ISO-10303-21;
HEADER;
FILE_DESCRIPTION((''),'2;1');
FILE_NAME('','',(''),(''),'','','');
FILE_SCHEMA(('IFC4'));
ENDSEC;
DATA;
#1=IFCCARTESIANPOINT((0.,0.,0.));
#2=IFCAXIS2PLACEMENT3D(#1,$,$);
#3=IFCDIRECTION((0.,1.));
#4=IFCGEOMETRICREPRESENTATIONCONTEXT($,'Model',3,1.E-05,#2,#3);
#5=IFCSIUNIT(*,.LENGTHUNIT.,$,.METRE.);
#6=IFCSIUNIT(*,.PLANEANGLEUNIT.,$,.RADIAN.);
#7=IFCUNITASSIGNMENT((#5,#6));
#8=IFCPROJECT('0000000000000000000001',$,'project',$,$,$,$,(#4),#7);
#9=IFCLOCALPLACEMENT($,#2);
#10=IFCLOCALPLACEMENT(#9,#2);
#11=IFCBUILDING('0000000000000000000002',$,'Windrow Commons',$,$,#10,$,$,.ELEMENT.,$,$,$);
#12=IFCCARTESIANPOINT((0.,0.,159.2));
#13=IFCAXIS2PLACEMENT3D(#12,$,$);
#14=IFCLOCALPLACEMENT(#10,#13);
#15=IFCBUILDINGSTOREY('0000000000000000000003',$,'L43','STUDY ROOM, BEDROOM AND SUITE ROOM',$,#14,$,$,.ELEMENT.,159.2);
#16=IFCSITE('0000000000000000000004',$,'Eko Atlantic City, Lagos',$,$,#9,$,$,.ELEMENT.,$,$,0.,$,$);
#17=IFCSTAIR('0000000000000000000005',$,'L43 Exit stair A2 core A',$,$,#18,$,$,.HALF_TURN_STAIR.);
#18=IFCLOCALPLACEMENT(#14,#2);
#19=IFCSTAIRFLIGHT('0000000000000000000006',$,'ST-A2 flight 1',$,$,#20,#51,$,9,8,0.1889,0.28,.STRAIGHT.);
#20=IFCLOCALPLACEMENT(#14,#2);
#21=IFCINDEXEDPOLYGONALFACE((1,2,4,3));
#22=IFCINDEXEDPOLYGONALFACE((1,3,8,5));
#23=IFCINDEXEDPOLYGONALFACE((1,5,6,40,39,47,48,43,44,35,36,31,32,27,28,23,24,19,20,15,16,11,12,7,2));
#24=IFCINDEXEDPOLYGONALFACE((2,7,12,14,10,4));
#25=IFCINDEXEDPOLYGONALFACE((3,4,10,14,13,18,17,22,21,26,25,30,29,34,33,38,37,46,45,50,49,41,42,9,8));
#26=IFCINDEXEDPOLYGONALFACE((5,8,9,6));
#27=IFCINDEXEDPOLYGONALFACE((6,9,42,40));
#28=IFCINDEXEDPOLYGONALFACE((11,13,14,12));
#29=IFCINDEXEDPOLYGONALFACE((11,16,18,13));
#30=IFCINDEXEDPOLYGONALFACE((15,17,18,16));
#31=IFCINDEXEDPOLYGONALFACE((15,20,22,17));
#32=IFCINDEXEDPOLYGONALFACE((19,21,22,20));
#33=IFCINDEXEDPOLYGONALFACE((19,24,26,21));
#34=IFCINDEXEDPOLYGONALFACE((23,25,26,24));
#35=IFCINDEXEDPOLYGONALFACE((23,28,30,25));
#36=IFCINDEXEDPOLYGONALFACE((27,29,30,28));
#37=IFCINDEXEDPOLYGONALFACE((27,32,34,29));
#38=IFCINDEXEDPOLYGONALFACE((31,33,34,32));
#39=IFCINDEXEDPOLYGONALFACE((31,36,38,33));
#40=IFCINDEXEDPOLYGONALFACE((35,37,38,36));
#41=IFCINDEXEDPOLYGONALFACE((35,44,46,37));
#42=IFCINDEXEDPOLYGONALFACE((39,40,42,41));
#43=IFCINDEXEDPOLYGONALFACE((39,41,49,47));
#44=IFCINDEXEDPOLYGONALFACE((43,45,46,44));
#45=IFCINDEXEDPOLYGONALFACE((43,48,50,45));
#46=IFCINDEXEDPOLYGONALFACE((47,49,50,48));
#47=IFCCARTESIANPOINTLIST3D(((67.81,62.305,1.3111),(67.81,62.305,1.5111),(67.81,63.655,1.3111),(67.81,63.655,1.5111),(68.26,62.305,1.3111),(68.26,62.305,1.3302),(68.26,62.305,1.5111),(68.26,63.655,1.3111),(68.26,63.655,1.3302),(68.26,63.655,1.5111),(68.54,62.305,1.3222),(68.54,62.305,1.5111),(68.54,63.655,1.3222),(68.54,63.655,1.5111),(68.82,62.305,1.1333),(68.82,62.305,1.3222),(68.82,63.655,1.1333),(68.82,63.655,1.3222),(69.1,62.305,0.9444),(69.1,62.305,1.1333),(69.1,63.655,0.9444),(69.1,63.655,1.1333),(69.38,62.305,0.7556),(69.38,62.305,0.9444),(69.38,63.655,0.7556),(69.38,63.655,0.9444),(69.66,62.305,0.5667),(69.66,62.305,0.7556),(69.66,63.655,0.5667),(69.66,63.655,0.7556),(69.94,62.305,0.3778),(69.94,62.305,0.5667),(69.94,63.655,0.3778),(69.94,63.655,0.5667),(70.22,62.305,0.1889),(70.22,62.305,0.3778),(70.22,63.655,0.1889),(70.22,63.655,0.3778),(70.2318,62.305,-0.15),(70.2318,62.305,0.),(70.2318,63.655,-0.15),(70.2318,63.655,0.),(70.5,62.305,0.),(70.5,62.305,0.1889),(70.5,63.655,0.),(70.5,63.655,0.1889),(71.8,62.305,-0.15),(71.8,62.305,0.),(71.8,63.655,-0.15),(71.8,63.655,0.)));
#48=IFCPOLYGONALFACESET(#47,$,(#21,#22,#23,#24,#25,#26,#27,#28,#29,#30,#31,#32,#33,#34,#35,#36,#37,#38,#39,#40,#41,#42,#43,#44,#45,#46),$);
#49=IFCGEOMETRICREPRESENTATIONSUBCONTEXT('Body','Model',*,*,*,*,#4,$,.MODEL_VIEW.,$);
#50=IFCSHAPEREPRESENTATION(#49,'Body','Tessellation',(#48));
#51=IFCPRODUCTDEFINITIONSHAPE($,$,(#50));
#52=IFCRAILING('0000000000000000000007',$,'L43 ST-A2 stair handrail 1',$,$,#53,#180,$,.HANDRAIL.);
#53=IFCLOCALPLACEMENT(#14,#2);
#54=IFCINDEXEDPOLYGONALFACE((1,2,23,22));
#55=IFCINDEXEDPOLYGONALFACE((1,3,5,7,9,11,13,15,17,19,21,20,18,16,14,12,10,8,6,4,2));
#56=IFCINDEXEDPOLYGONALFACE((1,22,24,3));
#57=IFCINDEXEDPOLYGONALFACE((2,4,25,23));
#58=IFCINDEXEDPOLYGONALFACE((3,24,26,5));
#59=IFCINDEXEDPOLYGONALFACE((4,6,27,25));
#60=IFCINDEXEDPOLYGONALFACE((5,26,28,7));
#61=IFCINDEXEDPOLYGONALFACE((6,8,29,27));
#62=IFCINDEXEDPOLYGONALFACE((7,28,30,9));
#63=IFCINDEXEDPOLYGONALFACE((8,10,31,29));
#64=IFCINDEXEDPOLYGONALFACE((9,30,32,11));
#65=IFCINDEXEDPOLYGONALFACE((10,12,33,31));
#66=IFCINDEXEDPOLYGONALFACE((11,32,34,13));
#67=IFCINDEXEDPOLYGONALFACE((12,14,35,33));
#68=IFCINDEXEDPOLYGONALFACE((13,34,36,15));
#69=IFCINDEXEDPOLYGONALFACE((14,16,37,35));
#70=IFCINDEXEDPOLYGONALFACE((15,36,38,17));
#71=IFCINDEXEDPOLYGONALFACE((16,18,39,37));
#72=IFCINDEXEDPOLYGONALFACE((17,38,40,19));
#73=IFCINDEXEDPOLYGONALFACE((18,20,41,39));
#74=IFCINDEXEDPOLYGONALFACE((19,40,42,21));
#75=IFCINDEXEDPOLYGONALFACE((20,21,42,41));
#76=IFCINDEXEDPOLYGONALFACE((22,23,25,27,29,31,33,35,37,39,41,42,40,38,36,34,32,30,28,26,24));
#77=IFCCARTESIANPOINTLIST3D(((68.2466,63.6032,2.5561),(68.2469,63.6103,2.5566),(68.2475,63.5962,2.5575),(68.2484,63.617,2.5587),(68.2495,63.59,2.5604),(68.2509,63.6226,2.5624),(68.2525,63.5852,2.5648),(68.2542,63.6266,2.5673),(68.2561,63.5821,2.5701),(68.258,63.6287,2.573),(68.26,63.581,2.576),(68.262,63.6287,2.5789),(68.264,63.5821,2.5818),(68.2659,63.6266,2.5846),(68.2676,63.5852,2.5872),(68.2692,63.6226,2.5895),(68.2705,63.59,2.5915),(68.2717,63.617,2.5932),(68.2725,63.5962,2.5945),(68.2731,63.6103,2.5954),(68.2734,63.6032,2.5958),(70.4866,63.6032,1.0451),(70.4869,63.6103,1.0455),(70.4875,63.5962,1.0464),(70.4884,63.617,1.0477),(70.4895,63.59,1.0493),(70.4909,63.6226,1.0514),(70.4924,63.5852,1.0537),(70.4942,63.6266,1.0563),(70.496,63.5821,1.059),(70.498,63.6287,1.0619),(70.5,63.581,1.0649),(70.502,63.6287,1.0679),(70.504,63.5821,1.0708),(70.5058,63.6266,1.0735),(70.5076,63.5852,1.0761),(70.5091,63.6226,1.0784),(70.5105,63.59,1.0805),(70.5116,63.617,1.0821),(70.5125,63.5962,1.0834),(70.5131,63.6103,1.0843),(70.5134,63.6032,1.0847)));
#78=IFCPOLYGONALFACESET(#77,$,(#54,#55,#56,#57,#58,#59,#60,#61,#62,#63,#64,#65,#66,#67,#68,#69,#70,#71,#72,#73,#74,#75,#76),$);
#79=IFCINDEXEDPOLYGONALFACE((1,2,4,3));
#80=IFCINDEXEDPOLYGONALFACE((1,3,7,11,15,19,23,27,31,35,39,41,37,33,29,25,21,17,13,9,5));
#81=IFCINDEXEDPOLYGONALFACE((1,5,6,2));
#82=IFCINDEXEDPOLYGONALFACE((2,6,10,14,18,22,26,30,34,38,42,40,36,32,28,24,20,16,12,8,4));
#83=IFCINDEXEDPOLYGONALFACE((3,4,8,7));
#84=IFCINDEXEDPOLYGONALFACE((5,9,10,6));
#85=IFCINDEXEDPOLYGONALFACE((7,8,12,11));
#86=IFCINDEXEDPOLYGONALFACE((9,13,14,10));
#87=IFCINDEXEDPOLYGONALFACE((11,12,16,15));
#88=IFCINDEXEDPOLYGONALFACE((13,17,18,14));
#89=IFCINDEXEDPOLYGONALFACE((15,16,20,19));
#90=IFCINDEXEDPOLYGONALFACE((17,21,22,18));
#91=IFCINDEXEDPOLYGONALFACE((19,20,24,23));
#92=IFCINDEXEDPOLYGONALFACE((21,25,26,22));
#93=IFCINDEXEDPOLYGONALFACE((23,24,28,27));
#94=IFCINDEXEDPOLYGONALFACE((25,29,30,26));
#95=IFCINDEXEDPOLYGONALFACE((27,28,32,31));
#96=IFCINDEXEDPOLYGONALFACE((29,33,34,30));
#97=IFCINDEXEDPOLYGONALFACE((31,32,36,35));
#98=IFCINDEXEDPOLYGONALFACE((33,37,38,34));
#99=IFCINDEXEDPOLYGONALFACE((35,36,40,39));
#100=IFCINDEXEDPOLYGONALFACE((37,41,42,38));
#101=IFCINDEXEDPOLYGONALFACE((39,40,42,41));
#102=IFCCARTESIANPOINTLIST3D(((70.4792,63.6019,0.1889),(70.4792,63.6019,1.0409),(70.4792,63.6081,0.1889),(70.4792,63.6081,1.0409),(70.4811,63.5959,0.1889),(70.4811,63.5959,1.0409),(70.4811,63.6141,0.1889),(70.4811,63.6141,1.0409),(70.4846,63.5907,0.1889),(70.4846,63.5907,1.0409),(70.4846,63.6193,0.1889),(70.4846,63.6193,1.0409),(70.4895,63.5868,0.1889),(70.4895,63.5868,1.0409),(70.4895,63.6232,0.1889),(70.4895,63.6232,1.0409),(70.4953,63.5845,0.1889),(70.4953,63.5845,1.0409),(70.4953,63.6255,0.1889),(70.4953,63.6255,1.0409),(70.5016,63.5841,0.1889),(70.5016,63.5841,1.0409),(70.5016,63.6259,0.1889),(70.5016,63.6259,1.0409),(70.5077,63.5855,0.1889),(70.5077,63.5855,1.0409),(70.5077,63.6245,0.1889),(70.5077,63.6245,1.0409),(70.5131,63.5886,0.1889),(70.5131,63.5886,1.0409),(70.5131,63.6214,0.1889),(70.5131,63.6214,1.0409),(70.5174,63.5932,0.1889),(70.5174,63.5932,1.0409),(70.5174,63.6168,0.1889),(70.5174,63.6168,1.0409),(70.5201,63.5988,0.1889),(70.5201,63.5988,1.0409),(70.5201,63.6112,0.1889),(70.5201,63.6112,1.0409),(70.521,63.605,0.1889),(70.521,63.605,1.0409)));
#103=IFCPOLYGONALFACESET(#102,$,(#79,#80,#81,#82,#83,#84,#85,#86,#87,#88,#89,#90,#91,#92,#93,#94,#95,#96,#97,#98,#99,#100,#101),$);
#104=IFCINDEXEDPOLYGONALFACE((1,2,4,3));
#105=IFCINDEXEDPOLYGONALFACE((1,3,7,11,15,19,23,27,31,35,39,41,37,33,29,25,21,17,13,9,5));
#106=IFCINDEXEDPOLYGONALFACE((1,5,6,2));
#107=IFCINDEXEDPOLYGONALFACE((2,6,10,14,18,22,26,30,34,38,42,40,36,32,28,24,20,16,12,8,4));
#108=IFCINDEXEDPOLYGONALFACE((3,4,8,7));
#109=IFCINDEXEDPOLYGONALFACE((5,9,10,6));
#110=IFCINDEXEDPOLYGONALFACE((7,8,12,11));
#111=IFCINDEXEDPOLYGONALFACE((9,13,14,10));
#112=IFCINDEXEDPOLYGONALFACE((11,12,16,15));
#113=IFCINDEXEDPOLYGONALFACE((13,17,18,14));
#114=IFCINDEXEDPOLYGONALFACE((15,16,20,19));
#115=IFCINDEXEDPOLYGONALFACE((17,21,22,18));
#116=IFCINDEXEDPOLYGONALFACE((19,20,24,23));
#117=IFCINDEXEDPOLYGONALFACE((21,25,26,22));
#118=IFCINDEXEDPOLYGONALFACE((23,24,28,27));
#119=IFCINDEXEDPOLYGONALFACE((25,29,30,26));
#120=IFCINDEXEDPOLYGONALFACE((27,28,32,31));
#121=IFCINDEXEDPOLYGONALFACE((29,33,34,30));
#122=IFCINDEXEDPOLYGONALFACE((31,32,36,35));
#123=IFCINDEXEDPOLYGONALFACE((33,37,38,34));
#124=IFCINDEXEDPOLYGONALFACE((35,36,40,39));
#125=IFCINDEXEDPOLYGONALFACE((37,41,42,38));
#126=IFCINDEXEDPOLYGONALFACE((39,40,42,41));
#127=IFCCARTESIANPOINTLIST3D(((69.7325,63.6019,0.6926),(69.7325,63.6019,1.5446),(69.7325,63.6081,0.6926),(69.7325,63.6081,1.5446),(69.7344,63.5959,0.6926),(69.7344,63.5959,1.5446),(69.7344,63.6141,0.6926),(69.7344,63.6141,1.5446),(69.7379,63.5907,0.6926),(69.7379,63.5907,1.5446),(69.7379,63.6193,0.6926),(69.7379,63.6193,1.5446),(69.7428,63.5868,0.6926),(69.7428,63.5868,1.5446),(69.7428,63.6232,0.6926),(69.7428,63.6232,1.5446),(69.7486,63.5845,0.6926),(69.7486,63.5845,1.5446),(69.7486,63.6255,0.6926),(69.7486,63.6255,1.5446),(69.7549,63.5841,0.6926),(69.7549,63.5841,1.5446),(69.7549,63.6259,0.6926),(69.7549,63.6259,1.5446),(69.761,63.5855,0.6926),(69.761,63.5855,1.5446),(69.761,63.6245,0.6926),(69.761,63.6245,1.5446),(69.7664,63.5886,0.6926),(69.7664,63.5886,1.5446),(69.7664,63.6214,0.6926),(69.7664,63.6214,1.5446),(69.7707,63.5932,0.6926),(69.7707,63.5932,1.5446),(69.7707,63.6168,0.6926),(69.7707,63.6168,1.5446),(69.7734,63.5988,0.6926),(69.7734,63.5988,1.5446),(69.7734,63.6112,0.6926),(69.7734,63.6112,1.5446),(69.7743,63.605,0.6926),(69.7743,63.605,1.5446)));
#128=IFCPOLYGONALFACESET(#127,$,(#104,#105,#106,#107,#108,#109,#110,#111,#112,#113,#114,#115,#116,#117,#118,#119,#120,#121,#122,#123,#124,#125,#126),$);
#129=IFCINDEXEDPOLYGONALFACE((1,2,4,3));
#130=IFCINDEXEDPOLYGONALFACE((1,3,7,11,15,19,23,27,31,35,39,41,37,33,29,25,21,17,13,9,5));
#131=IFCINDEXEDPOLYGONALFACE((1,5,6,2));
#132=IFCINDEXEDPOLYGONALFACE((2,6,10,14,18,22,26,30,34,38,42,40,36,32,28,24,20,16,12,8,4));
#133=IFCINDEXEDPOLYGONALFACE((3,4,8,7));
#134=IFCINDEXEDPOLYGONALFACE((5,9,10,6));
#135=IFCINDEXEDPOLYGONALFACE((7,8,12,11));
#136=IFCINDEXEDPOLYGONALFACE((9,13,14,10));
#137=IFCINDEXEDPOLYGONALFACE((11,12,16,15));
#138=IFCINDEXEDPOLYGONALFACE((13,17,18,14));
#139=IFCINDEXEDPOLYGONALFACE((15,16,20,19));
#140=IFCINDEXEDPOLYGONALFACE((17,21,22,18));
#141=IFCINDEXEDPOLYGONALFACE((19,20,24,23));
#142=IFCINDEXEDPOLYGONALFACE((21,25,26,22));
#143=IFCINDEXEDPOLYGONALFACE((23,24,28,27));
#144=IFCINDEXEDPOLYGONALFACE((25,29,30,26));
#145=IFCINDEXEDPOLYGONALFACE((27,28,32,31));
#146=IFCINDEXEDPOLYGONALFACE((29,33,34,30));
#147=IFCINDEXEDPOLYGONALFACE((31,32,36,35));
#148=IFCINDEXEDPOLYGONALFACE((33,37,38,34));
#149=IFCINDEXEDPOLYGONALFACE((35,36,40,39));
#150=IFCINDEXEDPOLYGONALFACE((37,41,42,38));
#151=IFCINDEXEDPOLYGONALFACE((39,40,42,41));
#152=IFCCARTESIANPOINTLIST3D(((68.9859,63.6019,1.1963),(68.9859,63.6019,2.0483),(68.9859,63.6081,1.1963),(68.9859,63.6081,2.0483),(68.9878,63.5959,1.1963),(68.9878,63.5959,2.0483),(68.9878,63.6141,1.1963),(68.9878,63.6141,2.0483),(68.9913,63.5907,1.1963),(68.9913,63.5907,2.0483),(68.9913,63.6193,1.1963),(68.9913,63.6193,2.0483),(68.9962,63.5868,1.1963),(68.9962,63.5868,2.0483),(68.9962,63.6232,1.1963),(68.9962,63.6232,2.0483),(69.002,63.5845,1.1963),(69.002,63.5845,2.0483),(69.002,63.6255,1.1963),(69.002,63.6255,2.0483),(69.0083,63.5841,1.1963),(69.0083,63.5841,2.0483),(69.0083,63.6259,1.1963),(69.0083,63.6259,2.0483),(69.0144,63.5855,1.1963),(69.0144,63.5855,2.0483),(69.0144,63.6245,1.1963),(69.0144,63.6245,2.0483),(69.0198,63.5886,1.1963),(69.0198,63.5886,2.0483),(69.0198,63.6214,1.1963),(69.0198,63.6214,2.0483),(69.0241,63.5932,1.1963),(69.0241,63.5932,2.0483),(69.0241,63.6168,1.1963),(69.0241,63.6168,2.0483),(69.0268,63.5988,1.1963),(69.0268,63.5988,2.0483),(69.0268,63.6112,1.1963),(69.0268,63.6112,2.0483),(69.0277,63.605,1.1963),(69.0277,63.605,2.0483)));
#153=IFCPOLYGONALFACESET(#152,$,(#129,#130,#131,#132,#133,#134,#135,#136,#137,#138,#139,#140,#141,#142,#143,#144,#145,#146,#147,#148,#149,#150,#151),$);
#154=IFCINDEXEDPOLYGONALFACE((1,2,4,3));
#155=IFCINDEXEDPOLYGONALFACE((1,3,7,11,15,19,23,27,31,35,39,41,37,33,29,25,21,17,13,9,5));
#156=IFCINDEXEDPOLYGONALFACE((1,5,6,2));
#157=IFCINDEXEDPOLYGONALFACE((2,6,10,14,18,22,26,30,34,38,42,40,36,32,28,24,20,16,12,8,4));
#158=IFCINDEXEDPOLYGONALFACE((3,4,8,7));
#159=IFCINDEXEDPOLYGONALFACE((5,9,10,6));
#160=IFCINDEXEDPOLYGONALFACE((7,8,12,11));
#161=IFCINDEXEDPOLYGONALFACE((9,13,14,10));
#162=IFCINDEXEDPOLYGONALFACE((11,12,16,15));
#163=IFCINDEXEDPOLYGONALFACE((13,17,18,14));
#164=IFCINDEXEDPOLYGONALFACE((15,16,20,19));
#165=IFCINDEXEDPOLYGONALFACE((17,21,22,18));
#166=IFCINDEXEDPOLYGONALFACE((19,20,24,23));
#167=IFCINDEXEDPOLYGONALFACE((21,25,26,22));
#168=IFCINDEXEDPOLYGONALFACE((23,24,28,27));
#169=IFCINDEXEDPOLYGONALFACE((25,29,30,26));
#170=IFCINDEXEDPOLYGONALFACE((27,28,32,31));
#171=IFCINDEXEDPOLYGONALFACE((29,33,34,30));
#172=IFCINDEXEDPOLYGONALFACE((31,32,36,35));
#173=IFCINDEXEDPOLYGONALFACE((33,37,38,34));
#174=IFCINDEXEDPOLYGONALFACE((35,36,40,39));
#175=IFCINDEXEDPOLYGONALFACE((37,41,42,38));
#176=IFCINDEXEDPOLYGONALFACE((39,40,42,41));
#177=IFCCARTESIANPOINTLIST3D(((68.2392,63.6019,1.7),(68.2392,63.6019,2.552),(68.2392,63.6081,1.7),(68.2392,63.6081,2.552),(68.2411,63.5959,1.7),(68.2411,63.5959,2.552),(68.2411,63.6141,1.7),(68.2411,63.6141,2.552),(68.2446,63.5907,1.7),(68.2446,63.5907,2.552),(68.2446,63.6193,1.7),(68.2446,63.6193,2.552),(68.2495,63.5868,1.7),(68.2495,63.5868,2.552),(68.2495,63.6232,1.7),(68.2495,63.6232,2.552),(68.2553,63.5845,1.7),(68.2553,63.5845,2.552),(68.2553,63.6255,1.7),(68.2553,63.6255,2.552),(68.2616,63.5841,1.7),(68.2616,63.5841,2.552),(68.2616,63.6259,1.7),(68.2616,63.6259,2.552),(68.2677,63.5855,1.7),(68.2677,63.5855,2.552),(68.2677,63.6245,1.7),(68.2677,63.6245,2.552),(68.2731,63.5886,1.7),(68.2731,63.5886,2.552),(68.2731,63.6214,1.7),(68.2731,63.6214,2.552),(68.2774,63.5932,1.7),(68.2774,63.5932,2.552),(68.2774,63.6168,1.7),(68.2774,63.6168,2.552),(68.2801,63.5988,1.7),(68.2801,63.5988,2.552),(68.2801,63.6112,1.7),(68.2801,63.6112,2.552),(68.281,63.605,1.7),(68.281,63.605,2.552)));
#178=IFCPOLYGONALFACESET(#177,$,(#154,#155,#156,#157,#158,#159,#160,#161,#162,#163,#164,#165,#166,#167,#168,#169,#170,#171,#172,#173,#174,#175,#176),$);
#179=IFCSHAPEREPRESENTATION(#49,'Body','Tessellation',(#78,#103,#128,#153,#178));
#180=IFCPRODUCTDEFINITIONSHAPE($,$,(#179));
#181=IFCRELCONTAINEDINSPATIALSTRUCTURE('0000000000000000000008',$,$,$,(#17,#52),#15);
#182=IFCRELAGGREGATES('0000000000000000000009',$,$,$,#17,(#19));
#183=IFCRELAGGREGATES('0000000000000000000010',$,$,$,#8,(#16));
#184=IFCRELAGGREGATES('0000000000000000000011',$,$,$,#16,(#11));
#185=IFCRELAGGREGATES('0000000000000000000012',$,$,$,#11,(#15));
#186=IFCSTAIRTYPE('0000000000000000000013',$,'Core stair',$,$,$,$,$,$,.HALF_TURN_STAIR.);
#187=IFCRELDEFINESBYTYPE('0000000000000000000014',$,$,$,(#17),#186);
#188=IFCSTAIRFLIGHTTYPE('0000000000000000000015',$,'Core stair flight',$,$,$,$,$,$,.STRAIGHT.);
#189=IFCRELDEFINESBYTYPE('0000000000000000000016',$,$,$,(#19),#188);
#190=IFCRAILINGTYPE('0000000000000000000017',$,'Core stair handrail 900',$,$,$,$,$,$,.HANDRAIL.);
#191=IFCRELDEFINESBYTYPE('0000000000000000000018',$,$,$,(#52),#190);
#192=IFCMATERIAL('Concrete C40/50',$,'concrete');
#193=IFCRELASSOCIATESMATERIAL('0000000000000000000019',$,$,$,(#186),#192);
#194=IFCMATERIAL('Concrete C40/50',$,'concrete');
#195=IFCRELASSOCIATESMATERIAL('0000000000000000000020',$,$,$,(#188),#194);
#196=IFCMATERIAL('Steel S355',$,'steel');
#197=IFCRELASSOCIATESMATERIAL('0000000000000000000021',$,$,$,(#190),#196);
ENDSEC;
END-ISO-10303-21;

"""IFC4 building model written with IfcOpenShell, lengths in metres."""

from ifc_helpers import new_model, si_unit, direction, frame, origin, origin_2d, place, context, subcontext, project, spatial, polyline, circle, outline, extrude, material, type_object, element, aggregate, save


model = new_model("IFC4")

# Units and contexts
model_context = context("Model", 3, precision=1e-05, world=origin(), true_north=direction((0.0, 1.0)))
body_context = subcontext(model_context, "Body", "Model", "MODEL_VIEW")
ifc_project = project(units=[si_unit("LENGTHUNIT", "METRE"), si_unit("PLANEANGLEUNIT", "RADIAN")], contexts=[model_context])

# Site, building, storey
site_placement = place(None, origin())
site = spatial("IfcSite", under=ifc_project, at=site_placement, Name="Eko Atlantic City, Lagos", CompositionType="ELEMENT", RefElevation=0.0)
building_placement = place(site_placement, origin())
building = spatial("IfcBuilding", under=site, at=building_placement, Name="Windrow Commons", CompositionType="ELEMENT")
storey_placement = place(building_placement, frame((0.0, 0.0, 159.2)))
storey = spatial("IfcBuildingStorey", under=building, at=storey_placement, Name="L43", Description="STUDY ROOM, BEDROOM AND SUITE ROOM", CompositionType="ELEMENT", Elevation=159.2)

# Stair, stair flight
ifc_material_1 = material(Name="Concrete C40/50", Category="concrete")
stair_type = type_object("IfcStairType", Name="Core stair", PredefinedType="HALF_TURN_STAIR", material=ifc_material_1)
stair_placement = place(storey_placement, origin())
stair = element("IfcStair", 1, at=stair_placement, inside=storey, type_object=stair_type, Name="L43 Exit stair A2 core A", PredefinedType="HALF_TURN_STAIR")
ifc_material_2 = material(Name="Concrete C40/50", Category="concrete")
stair_flight_type = type_object("IfcStairFlightType", Name="Core stair flight", PredefinedType="STRAIGHT", material=ifc_material_2)
stair_flight_placement = place(storey_placement, frame((70.5, 62.98, 0.0), z_axis=(0.0, 0.0, 1.0), x_axis=(-1.0, 0.0, 0.0)))
stair_flight = element("IfcStairFlight", 2, at=stair_flight_placement, type_object=stair_flight_type, Name="ST-A2 flight 1", NumberOfRisers=9, NumberOfTreads=8, PredefinedType="STRAIGHT", RiserHeight=0.1889, TreadLength=0.28, context=body_context, shape_type="SweptSolid", body=[
    extrude(outline(polyline([(-1.3, -0.15), (-1.3, 0.0), (0.0, 0.0), (0.0, 0.1889), (0.28, 0.1889), (0.28, 0.3778), (0.56, 0.3778), (0.56, 0.5667), (0.84, 0.5667), (0.84, 0.7556), (1.12, 0.7556), (1.12, 0.9444), (1.4, 0.9444), (1.4, 1.1333), (1.68, 1.1333), (1.68, 1.3222), (1.96, 1.3222), (1.96, 1.5111), (2.24, 1.5111), (2.69, 1.5111), (2.69, 1.3111), (2.24, 1.3111), (2.24, 1.3302), (0.2682, 0.0), (0.2682, -0.15), (-1.3, -0.15)])), frame((0.0, 0.675, 0.0), z_axis=(0.0, -1.0, 0.0), x_axis=(1.0, 0.0, 0.0)), (0.0, 0.0, 1.0), 1.35),
])
aggregate(stair, [stair_flight])

# Railing
ifc_material_3 = material(Name="Steel S355", Category="steel")
railing_type = type_object("IfcRailingType", Name="Core stair handrail 900", PredefinedType="HANDRAIL", material=ifc_material_3)
railing_placement = place(storey_placement, frame((70.5, 63.605, 0.1889)))
element("IfcRailing", 3, at=railing_placement, inside=storey, type_object=railing_type, Name="L43 ST-A2 stair handrail 1", PredefinedType="HANDRAIL", context=body_context, shape_type="SweptSolid", body=[
    extrude(circle(Radius=0.024, at=origin_2d()), frame((0.0, 0.0, 0.876), z_axis=(-0.829003, 0.0, 0.559244), x_axis=(0.0, -1.0, 0.0)), (0.0, 0.0, 1.0), 2.702),
    extrude(circle(Radius=0.021, at=origin_2d()), origin(), (0.0, 0.0, 1.0), 0.852),
    extrude(circle(Radius=0.021, at=origin_2d()), frame((-0.7467, 0.0, 0.5037)), (0.0, 0.0, 1.0), 0.852),
    extrude(circle(Radius=0.021, at=origin_2d()), frame((-1.4933, 0.0, 1.0074)), (0.0, 0.0, 1.0), 0.852),
    extrude(circle(Radius=0.021, at=origin_2d()), frame((-2.24, 0.0, 1.5111)), (0.0, 0.0, 1.0), 0.852),
])

save(model, "model.ifc")
